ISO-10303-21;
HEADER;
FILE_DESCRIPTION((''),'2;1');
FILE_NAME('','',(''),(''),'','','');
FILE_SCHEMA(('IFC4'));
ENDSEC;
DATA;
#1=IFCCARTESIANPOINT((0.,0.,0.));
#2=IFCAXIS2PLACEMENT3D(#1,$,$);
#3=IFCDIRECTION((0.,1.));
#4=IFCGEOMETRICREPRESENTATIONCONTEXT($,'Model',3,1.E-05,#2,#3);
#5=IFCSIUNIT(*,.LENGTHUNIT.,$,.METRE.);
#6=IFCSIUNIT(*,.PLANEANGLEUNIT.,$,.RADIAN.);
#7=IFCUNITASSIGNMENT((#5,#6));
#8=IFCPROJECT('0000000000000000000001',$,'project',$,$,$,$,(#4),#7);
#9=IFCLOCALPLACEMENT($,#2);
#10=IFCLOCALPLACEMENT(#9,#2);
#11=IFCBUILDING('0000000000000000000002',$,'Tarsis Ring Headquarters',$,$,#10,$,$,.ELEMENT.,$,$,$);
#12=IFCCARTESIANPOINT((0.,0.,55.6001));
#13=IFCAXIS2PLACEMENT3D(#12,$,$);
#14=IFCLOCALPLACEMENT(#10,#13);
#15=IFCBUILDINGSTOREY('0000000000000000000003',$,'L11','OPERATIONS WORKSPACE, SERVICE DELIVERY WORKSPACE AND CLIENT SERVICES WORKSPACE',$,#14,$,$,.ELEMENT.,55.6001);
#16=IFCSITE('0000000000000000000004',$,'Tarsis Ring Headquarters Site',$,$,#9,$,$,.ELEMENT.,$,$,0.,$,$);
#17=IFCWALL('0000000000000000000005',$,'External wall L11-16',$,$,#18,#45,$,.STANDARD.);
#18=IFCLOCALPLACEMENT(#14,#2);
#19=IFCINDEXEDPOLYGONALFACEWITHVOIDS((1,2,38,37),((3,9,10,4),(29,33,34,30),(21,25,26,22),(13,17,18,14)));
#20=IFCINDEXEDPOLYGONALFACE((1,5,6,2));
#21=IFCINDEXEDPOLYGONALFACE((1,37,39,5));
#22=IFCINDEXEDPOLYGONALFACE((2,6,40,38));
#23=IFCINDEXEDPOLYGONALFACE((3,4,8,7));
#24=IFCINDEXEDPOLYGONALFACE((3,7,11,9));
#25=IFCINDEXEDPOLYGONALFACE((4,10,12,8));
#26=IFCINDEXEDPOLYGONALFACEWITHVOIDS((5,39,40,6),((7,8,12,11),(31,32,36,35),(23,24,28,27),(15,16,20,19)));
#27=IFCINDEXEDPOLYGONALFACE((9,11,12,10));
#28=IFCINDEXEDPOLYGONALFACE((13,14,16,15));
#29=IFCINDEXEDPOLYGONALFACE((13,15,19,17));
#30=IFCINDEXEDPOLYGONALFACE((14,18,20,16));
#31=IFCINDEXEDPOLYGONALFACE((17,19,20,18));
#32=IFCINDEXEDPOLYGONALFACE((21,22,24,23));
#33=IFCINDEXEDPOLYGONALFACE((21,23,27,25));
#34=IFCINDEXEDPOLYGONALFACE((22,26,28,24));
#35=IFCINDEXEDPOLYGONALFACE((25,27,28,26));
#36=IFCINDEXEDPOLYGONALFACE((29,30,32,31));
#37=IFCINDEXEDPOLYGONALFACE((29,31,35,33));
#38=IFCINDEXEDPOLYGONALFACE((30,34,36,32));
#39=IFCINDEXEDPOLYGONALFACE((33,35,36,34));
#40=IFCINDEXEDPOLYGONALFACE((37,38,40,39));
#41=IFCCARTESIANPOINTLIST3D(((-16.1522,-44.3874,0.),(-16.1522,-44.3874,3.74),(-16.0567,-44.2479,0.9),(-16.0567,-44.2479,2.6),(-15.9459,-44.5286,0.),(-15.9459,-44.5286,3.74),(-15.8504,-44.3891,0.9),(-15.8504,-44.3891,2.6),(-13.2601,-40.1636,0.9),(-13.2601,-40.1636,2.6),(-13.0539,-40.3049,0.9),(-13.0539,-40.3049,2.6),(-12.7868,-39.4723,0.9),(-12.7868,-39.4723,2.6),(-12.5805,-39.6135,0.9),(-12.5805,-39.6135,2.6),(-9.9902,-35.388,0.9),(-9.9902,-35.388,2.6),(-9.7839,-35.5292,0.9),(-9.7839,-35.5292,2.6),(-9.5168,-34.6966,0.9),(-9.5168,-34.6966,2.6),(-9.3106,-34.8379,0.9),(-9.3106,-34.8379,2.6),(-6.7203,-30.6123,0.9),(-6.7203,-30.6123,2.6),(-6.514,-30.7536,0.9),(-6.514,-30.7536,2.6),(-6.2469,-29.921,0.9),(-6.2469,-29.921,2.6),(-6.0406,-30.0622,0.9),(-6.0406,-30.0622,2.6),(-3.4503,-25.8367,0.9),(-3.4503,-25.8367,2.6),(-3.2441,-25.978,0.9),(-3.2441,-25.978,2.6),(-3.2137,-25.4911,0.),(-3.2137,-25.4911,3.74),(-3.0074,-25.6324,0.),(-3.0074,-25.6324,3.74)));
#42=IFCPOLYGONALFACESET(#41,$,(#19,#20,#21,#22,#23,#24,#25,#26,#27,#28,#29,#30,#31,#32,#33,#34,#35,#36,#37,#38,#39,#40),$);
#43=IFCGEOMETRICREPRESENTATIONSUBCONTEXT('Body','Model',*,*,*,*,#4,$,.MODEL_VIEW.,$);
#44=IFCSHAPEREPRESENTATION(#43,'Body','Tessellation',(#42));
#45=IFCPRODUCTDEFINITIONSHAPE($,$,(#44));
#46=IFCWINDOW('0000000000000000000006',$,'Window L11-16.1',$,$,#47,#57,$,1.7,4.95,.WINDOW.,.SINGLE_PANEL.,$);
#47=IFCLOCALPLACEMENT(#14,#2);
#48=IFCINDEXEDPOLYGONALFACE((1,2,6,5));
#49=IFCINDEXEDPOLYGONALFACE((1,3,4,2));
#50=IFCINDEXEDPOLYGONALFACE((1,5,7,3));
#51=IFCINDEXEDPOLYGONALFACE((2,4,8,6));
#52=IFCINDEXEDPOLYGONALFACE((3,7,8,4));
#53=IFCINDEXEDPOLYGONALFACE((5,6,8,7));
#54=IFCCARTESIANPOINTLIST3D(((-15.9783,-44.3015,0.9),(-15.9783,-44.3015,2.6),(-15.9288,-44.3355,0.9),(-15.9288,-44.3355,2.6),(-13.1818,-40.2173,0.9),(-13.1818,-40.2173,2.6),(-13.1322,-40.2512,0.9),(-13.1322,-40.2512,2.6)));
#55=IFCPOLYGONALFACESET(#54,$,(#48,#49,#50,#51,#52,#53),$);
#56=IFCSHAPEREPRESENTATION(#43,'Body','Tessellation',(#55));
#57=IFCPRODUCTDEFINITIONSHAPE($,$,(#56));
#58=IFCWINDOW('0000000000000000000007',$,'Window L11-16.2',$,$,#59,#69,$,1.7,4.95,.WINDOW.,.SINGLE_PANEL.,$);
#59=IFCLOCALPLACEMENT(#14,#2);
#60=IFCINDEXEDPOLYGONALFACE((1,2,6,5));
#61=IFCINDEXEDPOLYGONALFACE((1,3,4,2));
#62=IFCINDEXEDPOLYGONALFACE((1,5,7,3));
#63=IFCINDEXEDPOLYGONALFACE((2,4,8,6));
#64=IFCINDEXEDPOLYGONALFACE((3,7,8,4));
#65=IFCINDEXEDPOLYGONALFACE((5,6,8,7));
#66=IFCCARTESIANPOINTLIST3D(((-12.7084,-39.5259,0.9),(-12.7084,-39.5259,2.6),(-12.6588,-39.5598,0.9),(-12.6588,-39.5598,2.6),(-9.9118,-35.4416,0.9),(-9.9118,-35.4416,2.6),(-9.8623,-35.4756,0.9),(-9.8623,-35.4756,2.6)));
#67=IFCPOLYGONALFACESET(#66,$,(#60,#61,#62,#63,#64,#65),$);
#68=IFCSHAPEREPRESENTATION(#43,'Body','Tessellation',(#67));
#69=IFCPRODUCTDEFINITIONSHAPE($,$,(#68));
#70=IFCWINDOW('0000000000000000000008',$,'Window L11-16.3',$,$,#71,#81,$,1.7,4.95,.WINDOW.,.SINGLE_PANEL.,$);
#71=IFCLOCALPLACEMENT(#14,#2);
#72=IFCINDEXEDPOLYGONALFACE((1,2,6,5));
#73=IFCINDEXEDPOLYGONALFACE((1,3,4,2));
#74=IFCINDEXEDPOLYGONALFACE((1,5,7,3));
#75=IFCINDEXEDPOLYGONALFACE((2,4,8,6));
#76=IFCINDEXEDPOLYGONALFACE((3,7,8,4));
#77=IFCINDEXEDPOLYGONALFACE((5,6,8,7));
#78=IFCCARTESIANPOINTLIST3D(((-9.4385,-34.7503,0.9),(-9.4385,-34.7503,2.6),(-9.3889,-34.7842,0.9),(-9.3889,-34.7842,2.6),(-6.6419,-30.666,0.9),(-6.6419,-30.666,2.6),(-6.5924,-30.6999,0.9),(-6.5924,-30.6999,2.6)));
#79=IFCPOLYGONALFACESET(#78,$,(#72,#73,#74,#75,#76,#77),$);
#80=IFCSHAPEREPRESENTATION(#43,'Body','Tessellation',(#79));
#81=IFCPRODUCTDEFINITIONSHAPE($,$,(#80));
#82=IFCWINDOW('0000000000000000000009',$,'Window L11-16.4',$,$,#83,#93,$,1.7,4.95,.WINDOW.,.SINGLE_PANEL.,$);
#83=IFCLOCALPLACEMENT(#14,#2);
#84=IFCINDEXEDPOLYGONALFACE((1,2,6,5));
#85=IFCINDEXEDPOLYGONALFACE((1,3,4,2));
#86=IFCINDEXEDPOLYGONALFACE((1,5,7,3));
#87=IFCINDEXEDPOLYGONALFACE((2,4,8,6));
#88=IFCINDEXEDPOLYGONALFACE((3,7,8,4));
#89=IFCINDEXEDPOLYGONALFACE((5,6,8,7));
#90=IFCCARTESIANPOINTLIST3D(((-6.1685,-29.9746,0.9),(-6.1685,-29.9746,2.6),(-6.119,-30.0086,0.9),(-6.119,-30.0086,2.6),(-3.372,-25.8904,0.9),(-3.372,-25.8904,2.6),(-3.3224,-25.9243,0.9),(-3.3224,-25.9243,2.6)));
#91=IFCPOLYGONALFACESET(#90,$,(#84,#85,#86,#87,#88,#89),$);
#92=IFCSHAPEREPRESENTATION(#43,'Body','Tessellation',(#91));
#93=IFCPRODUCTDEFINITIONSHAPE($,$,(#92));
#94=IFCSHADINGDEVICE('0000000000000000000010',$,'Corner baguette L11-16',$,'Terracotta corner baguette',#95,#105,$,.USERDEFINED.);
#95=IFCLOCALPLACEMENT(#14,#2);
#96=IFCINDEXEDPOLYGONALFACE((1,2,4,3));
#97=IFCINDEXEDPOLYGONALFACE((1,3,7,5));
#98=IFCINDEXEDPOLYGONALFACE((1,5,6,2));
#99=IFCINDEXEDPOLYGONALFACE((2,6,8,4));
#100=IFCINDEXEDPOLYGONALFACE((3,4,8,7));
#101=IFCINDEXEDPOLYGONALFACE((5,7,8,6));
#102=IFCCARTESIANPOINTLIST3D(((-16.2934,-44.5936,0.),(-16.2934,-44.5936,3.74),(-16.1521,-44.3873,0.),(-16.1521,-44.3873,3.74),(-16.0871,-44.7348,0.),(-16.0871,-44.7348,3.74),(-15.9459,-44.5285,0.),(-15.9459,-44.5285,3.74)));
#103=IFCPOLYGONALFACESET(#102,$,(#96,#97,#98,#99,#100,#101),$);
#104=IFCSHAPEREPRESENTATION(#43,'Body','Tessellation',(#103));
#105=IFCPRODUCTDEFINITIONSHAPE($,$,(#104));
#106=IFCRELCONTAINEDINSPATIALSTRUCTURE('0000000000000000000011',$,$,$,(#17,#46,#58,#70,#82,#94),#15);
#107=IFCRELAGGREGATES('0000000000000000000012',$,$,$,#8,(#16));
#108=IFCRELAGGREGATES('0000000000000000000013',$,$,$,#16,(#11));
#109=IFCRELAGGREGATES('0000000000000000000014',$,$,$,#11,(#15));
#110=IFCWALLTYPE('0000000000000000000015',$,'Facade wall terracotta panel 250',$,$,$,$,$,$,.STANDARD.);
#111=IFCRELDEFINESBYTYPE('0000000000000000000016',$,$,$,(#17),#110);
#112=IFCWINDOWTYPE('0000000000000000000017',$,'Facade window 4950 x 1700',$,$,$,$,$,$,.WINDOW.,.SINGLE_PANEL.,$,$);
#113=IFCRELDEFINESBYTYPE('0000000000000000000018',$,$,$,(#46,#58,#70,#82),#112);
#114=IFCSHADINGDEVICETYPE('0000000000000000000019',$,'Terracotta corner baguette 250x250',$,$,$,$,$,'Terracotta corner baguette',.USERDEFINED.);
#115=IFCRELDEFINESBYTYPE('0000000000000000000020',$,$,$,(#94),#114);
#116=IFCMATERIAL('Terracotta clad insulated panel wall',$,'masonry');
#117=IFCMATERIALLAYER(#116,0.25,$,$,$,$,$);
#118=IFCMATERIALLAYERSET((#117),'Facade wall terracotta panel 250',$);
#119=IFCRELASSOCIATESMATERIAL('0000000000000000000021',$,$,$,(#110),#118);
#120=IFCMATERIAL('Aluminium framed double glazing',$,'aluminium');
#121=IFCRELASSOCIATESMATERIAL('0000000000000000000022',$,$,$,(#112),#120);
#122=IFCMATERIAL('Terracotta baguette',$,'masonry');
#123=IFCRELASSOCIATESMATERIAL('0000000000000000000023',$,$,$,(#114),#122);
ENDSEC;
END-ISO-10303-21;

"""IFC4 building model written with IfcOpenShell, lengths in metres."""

from ifc_helpers import new_model, si_unit, direction, frame, frame_2d, origin, origin_2d, place, context, subcontext, project, spatial, rectangle, extrude, material, layer, layer_set, type_object, element, fill, save


model = new_model("IFC4")

# Units and contexts
model_context = context("Model", 3, precision=1e-05, world=origin(), true_north=direction((0.0, 1.0)))
body_context = subcontext(model_context, "Body", "Model", "MODEL_VIEW")
ifc_project = project(units=[si_unit("LENGTHUNIT", "METRE"), si_unit("PLANEANGLEUNIT", "RADIAN")], contexts=[model_context])

# Site, building, storey
site_placement = place(None, origin())
site = spatial("IfcSite", under=ifc_project, at=site_placement, Name="Tarsis Ring Headquarters Site", CompositionType="ELEMENT", RefElevation=0.0)
building_placement = place(site_placement, origin())
building = spatial("IfcBuilding", under=site, at=building_placement, Name="Tarsis Ring Headquarters", CompositionType="ELEMENT")
storey_placement = place(building_placement, frame((0.0, 0.0, 55.6001)))
storey = spatial("IfcBuildingStorey", under=building, at=storey_placement, Name="L11", Description="OPERATIONS WORKSPACE, SERVICE DELIVERY WORKSPACE AND CLIENT SERVICES WORKSPACE", CompositionType="ELEMENT", Elevation=55.6001)

# Wall, openings, windows
ifc_material_1 = material(Name="Terracotta clad insulated panel wall", Category="masonry")
ifc_layer = layer(ifc_material_1, 0.25)
ifc_layer_set = layer_set([ifc_layer], Name="Facade wall terracotta panel 250")
wall_type = type_object("IfcWallType", Name="Facade wall terracotta panel 250", PredefinedType="STANDARD", material=ifc_layer_set)
wall_placement = place(storey_placement, frame((-16.0491, -44.458, 0.0), z_axis=(0.0, 0.0, 1.0), x_axis=(0.564966, 0.825114, 0.0)))
wall = element("IfcWall", 1, at=wall_placement, inside=storey, type_object=wall_type, Name="External wall L11-16", PredefinedType="STANDARD", context=body_context, shape_type="SweptSolid", body=[
    extrude(rectangle(XDim=22.9014, YDim=0.25, at=frame_2d((11.4507, 0.0))), origin(), (0.0, 0.0, 1.0), 3.74),
])
opening_1_placement = place(wall_placement, frame((0.1689, 0.0, 0.8999)))
opening_1 = element("IfcOpeningElement", 2, at=opening_1_placement, cuts=wall, PredefinedType="OPENING", context=body_context, shape_type="SweptSolid", body=[
    extrude(rectangle(XDim=4.95, YDim=1.7, at=frame_2d((2.4751, 0.8501))), frame((0.0, 0.135, 0.0), z_axis=(0.0, -1.0, 0.0), x_axis=(1.0, 0.0, 0.0)), (0.0, 0.0, 1.0), 0.27),
])
opening_2_placement = place(wall_placement, frame((5.9568, 0.0, 0.8999)))
opening_2 = element("IfcOpeningElement", 3, at=opening_2_placement, cuts=wall, PredefinedType="OPENING", context=body_context, shape_type="SweptSolid", body=[
    extrude(rectangle(XDim=4.95, YDim=1.7, at=frame_2d((2.4751, 0.8501))), frame((0.0, 0.135, 0.0), z_axis=(0.0, -1.0, 0.0), x_axis=(1.0, 0.0, 0.0)), (0.0, 0.0, 1.0), 0.27),
])
opening_3_placement = place(wall_placement, frame((11.7446, 0.0, 0.8999)))
opening_3 = element("IfcOpeningElement", 4, at=opening_3_placement, cuts=wall, PredefinedType="OPENING", context=body_context, shape_type="SweptSolid", body=[
    extrude(rectangle(XDim=4.95, YDim=1.7, at=frame_2d((2.4751, 0.8501))), frame((0.0, 0.135, 0.0), z_axis=(0.0, -1.0, 0.0), x_axis=(1.0, 0.0, 0.0)), (0.0, 0.0, 1.0), 0.27),
])
opening_4_placement = place(wall_placement, frame((17.5325, 0.0, 0.8999)))
opening_4 = element("IfcOpeningElement", 5, at=opening_4_placement, cuts=wall, PredefinedType="OPENING", context=body_context, shape_type="SweptSolid", body=[
    extrude(rectangle(XDim=4.95, YDim=1.7, at=frame_2d((2.4751, 0.8501))), frame((0.0, 0.135, 0.0), z_axis=(0.0, -1.0, 0.0), x_axis=(1.0, 0.0, 0.0)), (0.0, 0.0, 1.0), 0.27),
])
ifc_material_2 = material(Name="Aluminium framed double glazing", Category="aluminium")
window_type = type_object("IfcWindowType", Name="Facade window 4950 x 1700", PartitioningType="SINGLE_PANEL", PredefinedType="WINDOW", material=ifc_material_2)
window_1_placement = place(opening_1_placement, origin())
window_1 = element("IfcWindow", 6, at=window_1_placement, inside=storey, type_object=window_type, Name="Window L11-16.1", OverallHeight=1.7, OverallWidth=4.95, PartitioningType="SINGLE_PANEL", PredefinedType="WINDOW", context=body_context, shape_type="SweptSolid", body=[
    extrude(rectangle(XDim=4.95, YDim=1.7, at=frame_2d((2.4751, 0.8501))), frame((0.0, 0.03, 0.0), z_axis=(0.0, -1.0, 0.0), x_axis=(1.0, 0.0, 0.0)), (0.0, 0.0, 1.0), 0.0601),
])
fill(opening_1, window_1)
window_2_placement = place(opening_2_placement, origin())
window_2 = element("IfcWindow", 7, at=window_2_placement, inside=storey, type_object=window_type, Name="Window L11-16.2", OverallHeight=1.7, OverallWidth=4.95, PartitioningType="SINGLE_PANEL", PredefinedType="WINDOW", context=body_context, shape_type="SweptSolid", body=[
    extrude(rectangle(XDim=4.95, YDim=1.7, at=frame_2d((2.4751, 0.8501))), frame((0.0, 0.03, 0.0), z_axis=(0.0, -1.0, 0.0), x_axis=(1.0, 0.0, 0.0)), (0.0, 0.0, 1.0), 0.0601),
])
fill(opening_2, window_2)
window_3_placement = place(opening_3_placement, origin())
window_3 = element("IfcWindow", 8, at=window_3_placement, inside=storey, type_object=window_type, Name="Window L11-16.3", OverallHeight=1.7, OverallWidth=4.95, PartitioningType="SINGLE_PANEL", PredefinedType="WINDOW", context=body_context, shape_type="SweptSolid", body=[
    extrude(rectangle(XDim=4.95, YDim=1.7, at=frame_2d((2.4751, 0.8501))), frame((0.0, 0.03, 0.0), z_axis=(0.0, -1.0, 0.0), x_axis=(1.0, 0.0, 0.0)), (0.0, 0.0, 1.0), 0.0601),
])
fill(opening_3, window_3)
window_4_placement = place(opening_4_placement, origin())
window_4 = element("IfcWindow", 9, at=window_4_placement, inside=storey, type_object=window_type, Name="Window L11-16.4", OverallHeight=1.7, OverallWidth=4.95, PartitioningType="SINGLE_PANEL", PredefinedType="WINDOW", context=body_context, shape_type="SweptSolid", body=[
    extrude(rectangle(XDim=4.95, YDim=1.7, at=frame_2d((2.4751, 0.8501))), frame((0.0, 0.03, 0.0), z_axis=(0.0, -1.0, 0.0), x_axis=(1.0, 0.0, 0.0)), (0.0, 0.0, 1.0), 0.0601),
])
fill(opening_4, window_4)

# Shading device
ifc_material_3 = material(Name="Terracotta baguette", Category="masonry")
shading_device_type_1 = type_object("IfcShadingDeviceType", Name="Terracotta corner baguette 250x250", ElementType="Terracotta corner baguette", PredefinedType="USERDEFINED", material=ifc_material_3)
shading_device_1_placement = place(storey_placement, frame((-16.1196, -44.561, 0.0), z_axis=(0.0, 0.0, 1.0), x_axis=(0.825113, -0.564967, 0.0)))
element("IfcShadingDevice", 10, at=shading_device_1_placement, inside=storey, type_object=shading_device_type_1, Name="Corner baguette L11-16", ObjectType="Terracotta corner baguette", PredefinedType="USERDEFINED", context=body_context, shape_type="SweptSolid", body=[
    extrude(rectangle(XDim=0.25, YDim=0.25, at=origin_2d()), origin(), (0.0, 0.0, 1.0), 3.74),
])

save(model, "model.ifc")
